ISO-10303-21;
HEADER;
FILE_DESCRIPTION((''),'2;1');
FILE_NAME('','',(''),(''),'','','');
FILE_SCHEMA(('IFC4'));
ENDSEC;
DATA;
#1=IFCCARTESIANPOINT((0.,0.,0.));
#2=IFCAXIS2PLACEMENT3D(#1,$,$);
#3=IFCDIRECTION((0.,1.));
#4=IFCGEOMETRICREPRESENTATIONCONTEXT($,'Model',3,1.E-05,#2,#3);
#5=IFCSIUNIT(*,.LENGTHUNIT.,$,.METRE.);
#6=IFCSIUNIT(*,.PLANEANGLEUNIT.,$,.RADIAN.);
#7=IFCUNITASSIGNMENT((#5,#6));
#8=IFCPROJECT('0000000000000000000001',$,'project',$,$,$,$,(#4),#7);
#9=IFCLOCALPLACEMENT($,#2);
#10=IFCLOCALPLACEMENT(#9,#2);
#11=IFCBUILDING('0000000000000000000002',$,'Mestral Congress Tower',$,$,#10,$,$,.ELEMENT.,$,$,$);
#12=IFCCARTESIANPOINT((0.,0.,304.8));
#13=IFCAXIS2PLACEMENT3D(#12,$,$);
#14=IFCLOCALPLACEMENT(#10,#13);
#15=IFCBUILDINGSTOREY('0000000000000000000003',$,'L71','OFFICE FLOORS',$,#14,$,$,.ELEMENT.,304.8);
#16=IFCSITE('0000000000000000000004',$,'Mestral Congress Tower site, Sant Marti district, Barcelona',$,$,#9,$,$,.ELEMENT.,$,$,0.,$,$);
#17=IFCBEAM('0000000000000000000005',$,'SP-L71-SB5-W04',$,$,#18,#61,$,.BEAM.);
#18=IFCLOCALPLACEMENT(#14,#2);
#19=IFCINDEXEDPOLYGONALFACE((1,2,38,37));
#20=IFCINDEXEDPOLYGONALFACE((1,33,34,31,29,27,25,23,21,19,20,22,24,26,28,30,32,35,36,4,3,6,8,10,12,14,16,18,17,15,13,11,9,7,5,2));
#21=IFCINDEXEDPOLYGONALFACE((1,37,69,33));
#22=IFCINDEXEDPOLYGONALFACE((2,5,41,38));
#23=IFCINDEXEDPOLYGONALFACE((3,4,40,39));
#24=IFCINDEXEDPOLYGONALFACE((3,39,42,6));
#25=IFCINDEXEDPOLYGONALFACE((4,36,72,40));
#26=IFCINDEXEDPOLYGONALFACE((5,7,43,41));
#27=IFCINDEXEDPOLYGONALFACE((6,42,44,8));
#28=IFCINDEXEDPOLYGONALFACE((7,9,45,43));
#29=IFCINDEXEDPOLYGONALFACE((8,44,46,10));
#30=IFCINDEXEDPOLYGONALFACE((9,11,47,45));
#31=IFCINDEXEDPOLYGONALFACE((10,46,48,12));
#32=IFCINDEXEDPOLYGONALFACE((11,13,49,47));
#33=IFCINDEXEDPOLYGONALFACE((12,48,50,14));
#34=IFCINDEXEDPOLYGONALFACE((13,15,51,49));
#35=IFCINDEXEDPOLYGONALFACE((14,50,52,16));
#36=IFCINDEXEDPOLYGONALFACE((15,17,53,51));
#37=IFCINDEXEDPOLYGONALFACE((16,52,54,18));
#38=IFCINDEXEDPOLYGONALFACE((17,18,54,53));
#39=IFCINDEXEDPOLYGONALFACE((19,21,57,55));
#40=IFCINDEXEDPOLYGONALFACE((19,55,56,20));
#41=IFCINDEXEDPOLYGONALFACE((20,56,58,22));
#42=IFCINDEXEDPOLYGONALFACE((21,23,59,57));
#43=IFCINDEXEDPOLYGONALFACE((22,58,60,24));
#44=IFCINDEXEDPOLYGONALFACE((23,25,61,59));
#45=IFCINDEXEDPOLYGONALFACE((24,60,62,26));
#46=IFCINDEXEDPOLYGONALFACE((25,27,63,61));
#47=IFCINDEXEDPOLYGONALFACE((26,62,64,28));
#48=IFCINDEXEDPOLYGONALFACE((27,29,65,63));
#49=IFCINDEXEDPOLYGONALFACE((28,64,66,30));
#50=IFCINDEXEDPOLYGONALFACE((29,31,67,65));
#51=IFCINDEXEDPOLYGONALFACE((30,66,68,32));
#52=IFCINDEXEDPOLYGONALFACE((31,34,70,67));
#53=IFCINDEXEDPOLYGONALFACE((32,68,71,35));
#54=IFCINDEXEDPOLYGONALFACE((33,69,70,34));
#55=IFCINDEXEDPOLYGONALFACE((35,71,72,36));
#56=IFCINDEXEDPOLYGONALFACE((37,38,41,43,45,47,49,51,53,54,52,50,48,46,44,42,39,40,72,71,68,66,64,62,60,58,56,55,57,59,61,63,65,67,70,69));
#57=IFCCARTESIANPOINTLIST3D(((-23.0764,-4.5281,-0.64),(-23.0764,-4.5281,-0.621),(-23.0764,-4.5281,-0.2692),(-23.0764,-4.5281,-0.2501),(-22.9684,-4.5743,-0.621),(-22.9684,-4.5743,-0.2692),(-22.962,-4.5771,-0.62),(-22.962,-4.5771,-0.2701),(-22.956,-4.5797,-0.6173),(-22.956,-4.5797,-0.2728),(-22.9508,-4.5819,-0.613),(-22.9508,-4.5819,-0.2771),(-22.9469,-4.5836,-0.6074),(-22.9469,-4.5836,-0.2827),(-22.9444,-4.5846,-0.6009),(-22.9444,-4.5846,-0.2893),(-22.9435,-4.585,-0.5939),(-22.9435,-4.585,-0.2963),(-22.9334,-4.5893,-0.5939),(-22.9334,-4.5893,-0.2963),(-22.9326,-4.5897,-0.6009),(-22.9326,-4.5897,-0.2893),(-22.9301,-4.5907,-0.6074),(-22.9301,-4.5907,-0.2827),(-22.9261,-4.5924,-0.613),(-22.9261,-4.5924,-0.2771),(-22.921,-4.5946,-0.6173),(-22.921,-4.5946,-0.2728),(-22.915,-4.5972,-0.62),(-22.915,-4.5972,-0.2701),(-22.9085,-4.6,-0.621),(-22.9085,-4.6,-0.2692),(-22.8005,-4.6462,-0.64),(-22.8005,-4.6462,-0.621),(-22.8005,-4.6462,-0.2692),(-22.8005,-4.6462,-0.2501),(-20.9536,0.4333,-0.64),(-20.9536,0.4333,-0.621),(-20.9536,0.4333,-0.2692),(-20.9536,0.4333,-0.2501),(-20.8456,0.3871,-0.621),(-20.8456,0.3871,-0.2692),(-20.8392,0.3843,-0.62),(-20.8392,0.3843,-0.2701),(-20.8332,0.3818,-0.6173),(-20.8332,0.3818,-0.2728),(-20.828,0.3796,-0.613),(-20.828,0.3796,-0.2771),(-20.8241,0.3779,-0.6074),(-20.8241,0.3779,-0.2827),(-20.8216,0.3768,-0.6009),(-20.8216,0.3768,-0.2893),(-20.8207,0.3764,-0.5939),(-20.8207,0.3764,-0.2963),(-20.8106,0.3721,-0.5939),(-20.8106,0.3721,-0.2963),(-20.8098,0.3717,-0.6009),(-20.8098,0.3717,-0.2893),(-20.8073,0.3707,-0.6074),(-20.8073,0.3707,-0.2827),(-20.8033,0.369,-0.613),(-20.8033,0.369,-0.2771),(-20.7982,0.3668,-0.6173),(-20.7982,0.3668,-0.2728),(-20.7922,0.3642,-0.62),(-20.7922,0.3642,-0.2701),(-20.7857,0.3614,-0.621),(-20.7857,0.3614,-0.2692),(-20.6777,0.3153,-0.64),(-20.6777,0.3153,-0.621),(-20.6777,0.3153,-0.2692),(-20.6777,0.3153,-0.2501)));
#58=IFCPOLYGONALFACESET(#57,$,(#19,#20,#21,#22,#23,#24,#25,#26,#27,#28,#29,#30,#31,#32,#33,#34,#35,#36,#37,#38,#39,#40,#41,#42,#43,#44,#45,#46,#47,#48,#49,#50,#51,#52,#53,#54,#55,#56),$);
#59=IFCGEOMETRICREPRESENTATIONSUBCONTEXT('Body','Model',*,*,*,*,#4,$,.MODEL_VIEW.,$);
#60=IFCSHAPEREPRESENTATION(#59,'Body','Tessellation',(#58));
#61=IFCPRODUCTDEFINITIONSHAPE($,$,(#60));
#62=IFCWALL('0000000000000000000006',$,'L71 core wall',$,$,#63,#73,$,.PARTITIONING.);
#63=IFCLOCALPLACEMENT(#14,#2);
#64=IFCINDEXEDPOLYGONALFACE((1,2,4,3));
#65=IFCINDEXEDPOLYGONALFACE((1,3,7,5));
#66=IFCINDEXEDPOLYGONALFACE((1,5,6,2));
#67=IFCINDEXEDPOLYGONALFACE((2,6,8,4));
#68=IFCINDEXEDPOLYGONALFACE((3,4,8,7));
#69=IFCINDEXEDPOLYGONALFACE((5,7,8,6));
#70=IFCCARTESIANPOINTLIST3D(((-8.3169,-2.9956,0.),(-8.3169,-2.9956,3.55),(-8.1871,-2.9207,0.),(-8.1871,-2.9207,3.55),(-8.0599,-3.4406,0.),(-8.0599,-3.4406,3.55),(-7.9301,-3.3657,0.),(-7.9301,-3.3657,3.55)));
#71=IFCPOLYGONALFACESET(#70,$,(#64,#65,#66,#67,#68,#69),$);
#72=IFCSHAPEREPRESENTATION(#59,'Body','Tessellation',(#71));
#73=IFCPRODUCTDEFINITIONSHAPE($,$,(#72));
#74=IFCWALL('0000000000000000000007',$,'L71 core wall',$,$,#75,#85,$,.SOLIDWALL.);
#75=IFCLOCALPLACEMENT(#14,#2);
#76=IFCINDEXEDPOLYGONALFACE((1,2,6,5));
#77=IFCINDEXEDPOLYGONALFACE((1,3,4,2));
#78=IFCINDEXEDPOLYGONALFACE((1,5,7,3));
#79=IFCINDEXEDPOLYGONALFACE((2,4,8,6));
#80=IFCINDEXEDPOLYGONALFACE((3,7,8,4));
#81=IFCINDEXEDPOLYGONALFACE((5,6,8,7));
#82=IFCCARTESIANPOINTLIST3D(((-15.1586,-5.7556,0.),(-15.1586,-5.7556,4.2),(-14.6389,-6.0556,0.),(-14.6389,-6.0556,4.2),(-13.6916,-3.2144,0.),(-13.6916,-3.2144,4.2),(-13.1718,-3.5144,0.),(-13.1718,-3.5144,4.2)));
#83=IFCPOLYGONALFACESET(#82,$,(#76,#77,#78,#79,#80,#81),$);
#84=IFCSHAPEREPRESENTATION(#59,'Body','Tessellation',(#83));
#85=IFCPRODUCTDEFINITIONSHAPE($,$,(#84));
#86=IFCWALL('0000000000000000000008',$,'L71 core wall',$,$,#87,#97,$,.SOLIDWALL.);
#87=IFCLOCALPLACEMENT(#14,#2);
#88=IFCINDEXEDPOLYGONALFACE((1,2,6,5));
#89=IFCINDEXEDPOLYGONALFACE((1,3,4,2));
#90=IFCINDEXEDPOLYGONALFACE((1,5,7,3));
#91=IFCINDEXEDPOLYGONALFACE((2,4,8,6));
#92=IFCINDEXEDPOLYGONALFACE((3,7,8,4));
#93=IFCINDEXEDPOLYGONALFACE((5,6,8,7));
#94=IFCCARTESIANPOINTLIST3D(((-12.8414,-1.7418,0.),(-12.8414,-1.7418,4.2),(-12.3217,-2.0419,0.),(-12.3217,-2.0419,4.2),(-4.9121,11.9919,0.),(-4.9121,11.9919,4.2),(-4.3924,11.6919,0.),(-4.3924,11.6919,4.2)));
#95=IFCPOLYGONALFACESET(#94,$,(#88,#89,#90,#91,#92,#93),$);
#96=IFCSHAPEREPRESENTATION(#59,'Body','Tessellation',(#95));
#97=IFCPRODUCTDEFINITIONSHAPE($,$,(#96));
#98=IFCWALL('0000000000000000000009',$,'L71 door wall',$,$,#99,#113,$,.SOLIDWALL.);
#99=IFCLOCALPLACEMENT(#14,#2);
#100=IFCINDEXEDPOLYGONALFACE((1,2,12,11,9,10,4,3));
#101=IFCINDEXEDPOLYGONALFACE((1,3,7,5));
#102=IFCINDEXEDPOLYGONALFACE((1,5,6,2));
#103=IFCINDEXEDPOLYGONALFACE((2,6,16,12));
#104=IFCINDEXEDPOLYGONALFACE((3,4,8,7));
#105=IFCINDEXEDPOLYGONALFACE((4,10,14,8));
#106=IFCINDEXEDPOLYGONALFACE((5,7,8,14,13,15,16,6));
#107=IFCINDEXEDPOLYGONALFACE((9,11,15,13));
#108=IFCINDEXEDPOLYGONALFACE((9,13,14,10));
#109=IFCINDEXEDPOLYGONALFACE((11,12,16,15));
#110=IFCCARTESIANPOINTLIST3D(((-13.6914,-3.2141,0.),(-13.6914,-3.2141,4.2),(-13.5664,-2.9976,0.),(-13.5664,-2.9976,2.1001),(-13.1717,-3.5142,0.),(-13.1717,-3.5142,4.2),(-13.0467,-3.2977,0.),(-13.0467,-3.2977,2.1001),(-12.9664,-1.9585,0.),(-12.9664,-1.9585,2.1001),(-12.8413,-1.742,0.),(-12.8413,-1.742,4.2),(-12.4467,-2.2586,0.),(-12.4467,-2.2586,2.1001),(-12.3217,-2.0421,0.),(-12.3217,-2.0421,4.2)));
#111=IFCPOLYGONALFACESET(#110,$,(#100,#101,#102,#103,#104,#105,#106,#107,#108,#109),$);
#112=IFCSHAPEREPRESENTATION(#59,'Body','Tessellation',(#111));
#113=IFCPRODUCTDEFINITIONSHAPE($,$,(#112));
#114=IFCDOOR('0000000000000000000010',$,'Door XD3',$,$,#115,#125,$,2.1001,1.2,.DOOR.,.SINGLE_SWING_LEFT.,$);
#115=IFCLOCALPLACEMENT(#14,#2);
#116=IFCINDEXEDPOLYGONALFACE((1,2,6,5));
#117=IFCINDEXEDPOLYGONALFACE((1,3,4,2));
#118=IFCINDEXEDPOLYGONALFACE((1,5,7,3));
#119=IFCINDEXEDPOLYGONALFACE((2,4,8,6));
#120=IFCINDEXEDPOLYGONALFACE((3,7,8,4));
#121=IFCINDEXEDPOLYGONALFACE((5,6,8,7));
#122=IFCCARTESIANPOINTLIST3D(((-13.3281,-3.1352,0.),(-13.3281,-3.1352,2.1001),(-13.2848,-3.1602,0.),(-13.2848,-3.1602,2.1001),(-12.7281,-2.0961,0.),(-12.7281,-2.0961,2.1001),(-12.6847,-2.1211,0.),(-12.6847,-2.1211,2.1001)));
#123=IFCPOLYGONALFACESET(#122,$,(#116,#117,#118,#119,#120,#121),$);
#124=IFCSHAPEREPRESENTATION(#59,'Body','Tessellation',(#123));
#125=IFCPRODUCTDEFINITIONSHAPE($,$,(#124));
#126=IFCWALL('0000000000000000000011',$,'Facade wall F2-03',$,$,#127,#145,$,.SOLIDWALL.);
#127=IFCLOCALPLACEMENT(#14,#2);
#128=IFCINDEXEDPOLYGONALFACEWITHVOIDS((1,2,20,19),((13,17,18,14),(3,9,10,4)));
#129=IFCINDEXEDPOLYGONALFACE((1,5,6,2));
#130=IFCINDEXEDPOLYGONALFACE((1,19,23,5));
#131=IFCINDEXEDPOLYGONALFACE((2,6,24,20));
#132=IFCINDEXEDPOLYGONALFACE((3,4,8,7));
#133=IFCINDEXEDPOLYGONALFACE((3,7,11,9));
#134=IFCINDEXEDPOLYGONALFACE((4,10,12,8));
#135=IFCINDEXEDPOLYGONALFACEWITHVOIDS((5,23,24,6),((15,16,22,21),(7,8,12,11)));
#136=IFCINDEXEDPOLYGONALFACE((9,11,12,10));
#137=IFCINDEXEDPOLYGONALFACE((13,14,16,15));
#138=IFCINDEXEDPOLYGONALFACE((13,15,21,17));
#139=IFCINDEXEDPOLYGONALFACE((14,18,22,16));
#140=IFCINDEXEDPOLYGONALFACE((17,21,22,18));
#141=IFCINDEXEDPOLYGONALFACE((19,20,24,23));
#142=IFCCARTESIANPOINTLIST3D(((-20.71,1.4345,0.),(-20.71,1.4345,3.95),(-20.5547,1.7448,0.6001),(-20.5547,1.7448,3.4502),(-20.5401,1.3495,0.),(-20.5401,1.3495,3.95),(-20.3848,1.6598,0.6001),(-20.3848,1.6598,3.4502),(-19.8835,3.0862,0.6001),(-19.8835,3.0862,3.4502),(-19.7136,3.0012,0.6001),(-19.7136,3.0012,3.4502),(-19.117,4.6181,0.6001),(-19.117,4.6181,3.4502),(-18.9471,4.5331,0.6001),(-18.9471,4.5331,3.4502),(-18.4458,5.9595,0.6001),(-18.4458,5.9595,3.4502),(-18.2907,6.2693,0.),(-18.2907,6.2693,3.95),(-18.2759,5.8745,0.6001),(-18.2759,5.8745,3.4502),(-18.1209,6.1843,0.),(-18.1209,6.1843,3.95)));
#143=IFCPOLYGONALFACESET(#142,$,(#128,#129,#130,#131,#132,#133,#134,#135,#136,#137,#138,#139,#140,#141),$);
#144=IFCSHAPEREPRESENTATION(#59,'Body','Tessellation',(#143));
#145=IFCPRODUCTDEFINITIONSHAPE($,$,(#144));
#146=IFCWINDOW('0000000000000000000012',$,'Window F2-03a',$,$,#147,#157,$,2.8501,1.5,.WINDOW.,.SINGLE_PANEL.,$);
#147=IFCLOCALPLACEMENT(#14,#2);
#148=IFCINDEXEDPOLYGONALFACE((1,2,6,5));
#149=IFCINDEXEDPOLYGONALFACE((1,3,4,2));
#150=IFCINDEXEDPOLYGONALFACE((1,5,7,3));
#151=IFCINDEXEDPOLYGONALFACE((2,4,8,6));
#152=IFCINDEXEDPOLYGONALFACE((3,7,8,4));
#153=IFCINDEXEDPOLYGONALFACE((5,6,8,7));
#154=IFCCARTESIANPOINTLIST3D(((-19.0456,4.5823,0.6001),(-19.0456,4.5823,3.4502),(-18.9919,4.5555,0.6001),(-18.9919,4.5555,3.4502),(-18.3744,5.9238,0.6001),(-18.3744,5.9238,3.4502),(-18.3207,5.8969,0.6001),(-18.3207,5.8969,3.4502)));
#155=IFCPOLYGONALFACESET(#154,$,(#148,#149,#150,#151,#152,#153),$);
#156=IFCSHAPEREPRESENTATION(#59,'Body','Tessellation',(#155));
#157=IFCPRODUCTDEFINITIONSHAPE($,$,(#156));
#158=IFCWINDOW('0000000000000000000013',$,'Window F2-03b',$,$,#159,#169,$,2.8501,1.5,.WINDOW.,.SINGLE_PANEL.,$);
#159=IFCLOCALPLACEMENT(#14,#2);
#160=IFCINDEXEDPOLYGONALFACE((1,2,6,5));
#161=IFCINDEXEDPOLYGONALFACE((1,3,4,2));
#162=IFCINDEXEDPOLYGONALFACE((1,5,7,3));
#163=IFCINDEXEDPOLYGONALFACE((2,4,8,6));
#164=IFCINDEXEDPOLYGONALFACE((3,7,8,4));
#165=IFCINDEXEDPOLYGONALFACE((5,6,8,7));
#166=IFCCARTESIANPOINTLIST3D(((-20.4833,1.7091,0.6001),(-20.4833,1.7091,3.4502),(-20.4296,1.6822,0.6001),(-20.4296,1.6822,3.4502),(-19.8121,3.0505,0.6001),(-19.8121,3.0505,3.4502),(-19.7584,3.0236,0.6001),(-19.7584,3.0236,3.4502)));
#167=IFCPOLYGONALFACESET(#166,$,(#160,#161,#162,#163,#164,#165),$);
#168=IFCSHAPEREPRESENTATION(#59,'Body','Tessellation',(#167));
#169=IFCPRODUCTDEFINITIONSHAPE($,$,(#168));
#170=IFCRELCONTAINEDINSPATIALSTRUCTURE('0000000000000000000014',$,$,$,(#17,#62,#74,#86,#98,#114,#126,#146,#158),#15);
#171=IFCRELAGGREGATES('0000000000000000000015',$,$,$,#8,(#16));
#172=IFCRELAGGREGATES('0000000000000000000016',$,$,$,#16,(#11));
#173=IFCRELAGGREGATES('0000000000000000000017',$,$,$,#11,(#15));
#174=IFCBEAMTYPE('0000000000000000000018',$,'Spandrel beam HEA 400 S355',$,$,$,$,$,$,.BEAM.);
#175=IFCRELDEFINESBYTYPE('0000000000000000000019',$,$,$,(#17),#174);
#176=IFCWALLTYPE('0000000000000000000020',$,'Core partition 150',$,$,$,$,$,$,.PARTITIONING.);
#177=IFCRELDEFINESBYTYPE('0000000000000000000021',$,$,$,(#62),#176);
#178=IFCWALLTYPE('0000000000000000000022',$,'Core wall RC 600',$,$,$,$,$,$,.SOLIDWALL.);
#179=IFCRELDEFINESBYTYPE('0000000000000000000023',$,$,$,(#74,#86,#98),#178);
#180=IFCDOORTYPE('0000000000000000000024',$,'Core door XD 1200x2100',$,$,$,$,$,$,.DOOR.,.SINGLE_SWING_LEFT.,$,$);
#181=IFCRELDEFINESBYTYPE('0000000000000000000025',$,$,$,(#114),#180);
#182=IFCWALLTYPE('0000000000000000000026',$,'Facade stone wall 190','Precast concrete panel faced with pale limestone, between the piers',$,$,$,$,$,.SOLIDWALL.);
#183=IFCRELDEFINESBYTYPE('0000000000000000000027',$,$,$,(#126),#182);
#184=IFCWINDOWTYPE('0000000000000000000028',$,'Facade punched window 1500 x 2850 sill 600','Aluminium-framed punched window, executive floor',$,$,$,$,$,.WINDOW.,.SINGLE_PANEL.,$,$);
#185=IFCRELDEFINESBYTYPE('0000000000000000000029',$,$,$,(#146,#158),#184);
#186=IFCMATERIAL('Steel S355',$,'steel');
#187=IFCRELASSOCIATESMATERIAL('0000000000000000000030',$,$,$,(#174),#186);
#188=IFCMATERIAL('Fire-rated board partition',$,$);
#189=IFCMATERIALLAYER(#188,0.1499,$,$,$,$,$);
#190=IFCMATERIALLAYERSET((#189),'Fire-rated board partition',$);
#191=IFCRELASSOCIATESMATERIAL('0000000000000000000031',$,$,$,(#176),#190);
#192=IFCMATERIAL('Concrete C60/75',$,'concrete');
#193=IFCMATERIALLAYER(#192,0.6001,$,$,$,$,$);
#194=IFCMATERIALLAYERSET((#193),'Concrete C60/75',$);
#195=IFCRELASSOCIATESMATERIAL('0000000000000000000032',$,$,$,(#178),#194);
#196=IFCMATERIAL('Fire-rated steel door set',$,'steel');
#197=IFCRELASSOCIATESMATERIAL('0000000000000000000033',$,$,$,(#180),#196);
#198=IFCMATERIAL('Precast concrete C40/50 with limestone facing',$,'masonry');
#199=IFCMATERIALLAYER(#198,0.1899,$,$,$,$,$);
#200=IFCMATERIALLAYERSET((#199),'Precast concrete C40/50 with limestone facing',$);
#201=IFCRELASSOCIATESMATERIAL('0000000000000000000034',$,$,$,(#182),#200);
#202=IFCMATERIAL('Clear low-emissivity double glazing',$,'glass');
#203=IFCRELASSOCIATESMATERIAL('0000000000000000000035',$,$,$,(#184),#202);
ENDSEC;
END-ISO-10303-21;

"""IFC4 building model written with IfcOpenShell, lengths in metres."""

from ifc_helpers import new_model, si_unit, direction, frame, frame_2d, origin, origin_2d, place, context, subcontext, project, spatial, rectangle, i_section, extrude, material, layer, layer_set, material_profile, profile_set, type_object, element, fill, save


model = new_model("IFC4")

# Units and contexts
model_context = context("Model", 3, precision=1e-05, world=origin(), true_north=direction((0.0, 1.0)))
body_context = subcontext(model_context, "Body", "Model", "MODEL_VIEW")
ifc_project = project(units=[si_unit("LENGTHUNIT", "METRE"), si_unit("PLANEANGLEUNIT", "RADIAN")], contexts=[model_context])

# Site, building, storey
site_placement = place(None, origin())
site = spatial("IfcSite", under=ifc_project, at=site_placement, Name="Mestral Congress Tower site, Sant Marti district, Barcelona", CompositionType="ELEMENT", RefElevation=0.0)
building_placement = place(site_placement, origin())
building = spatial("IfcBuilding", under=site, at=building_placement, Name="Mestral Congress Tower", CompositionType="ELEMENT")
storey_placement = place(building_placement, frame((0.0, 0.0, 304.8)))
storey = spatial("IfcBuildingStorey", under=building, at=storey_placement, Name="L71", Description="OFFICE FLOORS", CompositionType="ELEMENT", Elevation=304.8)

# Shared definitions
ifc_material_1 = material(Name="Concrete C60/75", Category="concrete")

# Beam
ifc_material_2 = material(Name="Steel S355", Category="steel")
ifc_material_profile_1 = material_profile(ifc_material_2, i_section(OverallWidth=0.3, OverallDepth=0.3899, WebThickness=0.011, FlangeThickness=0.019, FilletRadius=0.0271, at=origin_2d()), Name="HEA 400")
ifc_profile_set_1 = profile_set([ifc_material_profile_1], Name="Steel S355")
beam_type_1 = type_object("IfcBeamType", Name="Spandrel beam HEA 400 S355", PredefinedType="BEAM", material=ifc_profile_set_1)
beam_1_placement = place(storey_placement, frame((-20.8157, 0.3743, -0.4451), z_axis=(-0.393368, -0.919381, 0.0), x_axis=(0.919381, -0.393368, 0.0)))
element("IfcBeam", 1, at=beam_1_placement, inside=storey, type_object=beam_type_1, Name="SP-L71-SB5-W04", PredefinedType="BEAM", context=body_context, shape_type="SweptSolid", body=[
    extrude(i_section(OverallWidth=0.3, OverallDepth=0.3899, WebThickness=0.011, FlangeThickness=0.019, FilletRadius=0.0271, at=origin_2d()), origin(), (0.0, 0.0, 1.0), 5.3965),
])

# Walls
ifc_material_3 = material(Name="Fire-rated board partition")
ifc_layer_1 = layer(ifc_material_3, 0.1499)
ifc_layer_set_1 = layer_set([ifc_layer_1], Name="Fire-rated board partition")
wall_type_1 = type_object("IfcWallType", Name="Core partition 150", PredefinedType="PARTITIONING", material=ifc_layer_set_1)
wall_1_placement = place(storey_placement, frame((-8.252, -2.9583, 0.0), z_axis=(0.0, 0.0, 1.0), x_axis=(0.500175, -0.865925, 0.0)))
element("IfcWall", 2, at=wall_1_placement, inside=storey, type_object=wall_type_1, Name="L71 core wall", PredefinedType="PARTITIONING", context=body_context, shape_type="SweptSolid", body=[
    extrude(rectangle(XDim=0.5139, YDim=0.1499, at=frame_2d((0.2568, 0.0))), origin(), (0.0, 0.0, 1.0), 3.55),
])
ifc_layer_2 = layer(ifc_material_1, 0.6001)
ifc_layer_set_2 = layer_set([ifc_layer_2], Name="Concrete C60/75")
wall_type_2 = type_object("IfcWallType", Name="Core wall RC 600", PredefinedType="SOLIDWALL", material=ifc_layer_set_2)
wall_2_placement = place(storey_placement, frame((-13.4316, -3.3643, 0.0), z_axis=(0.0, 0.0, 1.0), x_axis=(-0.49996, -0.866048, 0.0)))
element("IfcWall", 3, at=wall_2_placement, inside=storey, type_object=wall_type_2, Name="L71 core wall", PredefinedType="SOLIDWALL", context=body_context, shape_type="SweptSolid", body=[
    extrude(rectangle(XDim=2.9343, YDim=0.6001, at=frame_2d((1.4673, 0.0))), origin(), (0.0, 0.0, 1.0), 4.2),
])
wall_3_placement = place(storey_placement, frame((-12.5815, -1.8918, 0.0), z_axis=(0.0, 0.0, 1.0), x_axis=(0.500004, 0.866023, 0.0)))
element("IfcWall", 4, at=wall_3_placement, inside=storey, type_object=wall_type_2, Name="L71 core wall", PredefinedType="SOLIDWALL", context=body_context, shape_type="SweptSolid", body=[
    extrude(rectangle(XDim=15.8584, YDim=0.6001, at=frame_2d((7.9292, 0.0))), origin(), (0.0, 0.0, 1.0), 4.2),
])

# Wall, opening, door
wall_4_placement = place(storey_placement, frame((-13.4316, -3.3643, 0.0), z_axis=(0.0, 0.0, 1.0), x_axis=(0.500062, 0.865989, 0.0)))
wall_4 = element("IfcWall", 5, at=wall_4_placement, inside=storey, type_object=wall_type_2, Name="L71 door wall", PredefinedType="SOLIDWALL", context=body_context, shape_type="SweptSolid", body=[
    extrude(rectangle(XDim=1.7, YDim=0.6001, at=frame_2d((0.8501, 0.0))), origin(), (0.0, 0.0, 1.0), 4.2),
])
opening_1_placement = place(wall_4_placement, frame((0.25, 0.0, 0.0)))
opening_1 = element("IfcOpeningElement", 6, at=opening_1_placement, cuts=wall_4, PredefinedType="OPENING", context=body_context, shape_type="SweptSolid", body=[
    extrude(rectangle(XDim=1.2, YDim=2.1001, at=frame_2d((0.6001, 1.05))), frame((0.0, 0.3101, 0.0), z_axis=(0.0, -1.0, 0.0), x_axis=(1.0, 0.0, 0.0)), (0.0, 0.0, 1.0), 0.6201),
])
ifc_material_4 = material(Name="Fire-rated steel door set", Category="steel")
door_type_1 = type_object("IfcDoorType", Name="Core door XD 1200x2100", OperationType="SINGLE_SWING_LEFT", PredefinedType="DOOR", material=ifc_material_4)
door_1_placement = place(opening_1_placement, origin())
door_1 = element("IfcDoor", 7, at=door_1_placement, inside=storey, type_object=door_type_1, Name="Door XD3", OperationType="SINGLE_SWING_LEFT", OverallHeight=2.1001, OverallWidth=1.2, PredefinedType="DOOR", context=body_context, shape_type="SweptSolid", body=[
    extrude(rectangle(XDim=1.2, YDim=2.1001, at=frame_2d((0.6001, 1.05))), frame((0.0, 0.0249, 0.0), z_axis=(0.0, -1.0, 0.0), x_axis=(1.0, 0.0, 0.0)), (0.0, 0.0, 1.0), 0.05),
])
fill(opening_1, door_1)

# Wall, openings, windows
ifc_material_5 = material(Name="Precast concrete C40/50 with limestone facing", Category="masonry")
ifc_layer_3 = layer(ifc_material_5, 0.1899)
ifc_layer_set_3 = layer_set([ifc_layer_3], Name="Precast concrete C40/50 with limestone facing")
wall_type_3 = type_object("IfcWallType", Name="Facade stone wall 190", Description="Precast concrete panel faced with pale limestone, between the piers", PredefinedType="SOLIDWALL", material=ifc_layer_set_3)
wall_5_placement = place(storey_placement, frame((-18.2058, 6.2268, 0.0), z_axis=(0.0, 0.0, 1.0), x_axis=(-0.447485, -0.894292, 0.0)))
wall_5 = element("IfcWall", 8, at=wall_5_placement, inside=storey, type_object=wall_type_3, Name="Facade wall F2-03", PredefinedType="SOLIDWALL", context=body_context, shape_type="SweptSolid", body=[
    extrude(rectangle(XDim=5.4062, YDim=0.1899, at=frame_2d((2.7031, 0.0))), origin(), (0.0, 0.0, 1.0), 3.95),
])
opening_2_placement = place(wall_5_placement, frame((0.3464, 0.0, 0.6001)))
opening_2 = element("IfcOpeningElement", 9, at=opening_2_placement, cuts=wall_5, PredefinedType="OPENING", context=body_context, shape_type="SweptSolid", body=[
    extrude(rectangle(XDim=1.5, YDim=2.8501, at=frame_2d((0.75, 1.425))), frame((0.0, 0.105, 0.0), z_axis=(0.0, -1.0, 0.0), x_axis=(1.0, 0.0, 0.0)), (0.0, 0.0, 1.0), 0.21),
])
opening_3_placement = place(wall_5_placement, frame((3.5593, 0.0, 0.6001)))
opening_3 = element("IfcOpeningElement", 10, at=opening_3_placement, cuts=wall_5, PredefinedType="OPENING", context=body_context, shape_type="SweptSolid", body=[
    extrude(rectangle(XDim=1.5, YDim=2.8501, at=frame_2d((0.75, 1.425))), frame((0.0, 0.105, 0.0), z_axis=(0.0, -1.0, 0.0), x_axis=(1.0, 0.0, 0.0)), (0.0, 0.0, 1.0), 0.21),
])
ifc_material_6 = material(Name="Clear low-emissivity double glazing", Category="glass")
window_type = type_object("IfcWindowType", Name="Facade punched window 1500 x 2850 sill 600", Description="Aluminium-framed punched window, executive floor", PartitioningType="SINGLE_PANEL", PredefinedType="WINDOW", material=ifc_material_6)
window_1_placement = place(opening_2_placement, origin())
window_1 = element("IfcWindow", 11, at=window_1_placement, inside=storey, type_object=window_type, Name="Window F2-03a", OverallHeight=2.8501, OverallWidth=1.5, PartitioningType="SINGLE_PANEL", PredefinedType="WINDOW", context=body_context, shape_type="SweptSolid", body=[
    extrude(rectangle(XDim=1.5, YDim=2.8501, at=frame_2d((0.75, 1.425))), frame((0.0, 0.0449, 0.0), z_axis=(0.0, -1.0, 0.0), x_axis=(1.0, 0.0, 0.0)), (0.0, 0.0, 1.0), 0.0601),
])
fill(opening_2, window_1)
window_2_placement = place(opening_3_placement, origin())
window_2 = element("IfcWindow", 12, at=window_2_placement, inside=storey, type_object=window_type, Name="Window F2-03b", OverallHeight=2.8501, OverallWidth=1.5, PartitioningType="SINGLE_PANEL", PredefinedType="WINDOW", context=body_context, shape_type="SweptSolid", body=[
    extrude(rectangle(XDim=1.5, YDim=2.8501, at=frame_2d((0.75, 1.425))), frame((0.0, 0.0449, 0.0), z_axis=(0.0, -1.0, 0.0), x_axis=(1.0, 0.0, 0.0)), (0.0, 0.0, 1.0), 0.0601),
])
fill(opening_3, window_2)

save(model, "model.ifc")
